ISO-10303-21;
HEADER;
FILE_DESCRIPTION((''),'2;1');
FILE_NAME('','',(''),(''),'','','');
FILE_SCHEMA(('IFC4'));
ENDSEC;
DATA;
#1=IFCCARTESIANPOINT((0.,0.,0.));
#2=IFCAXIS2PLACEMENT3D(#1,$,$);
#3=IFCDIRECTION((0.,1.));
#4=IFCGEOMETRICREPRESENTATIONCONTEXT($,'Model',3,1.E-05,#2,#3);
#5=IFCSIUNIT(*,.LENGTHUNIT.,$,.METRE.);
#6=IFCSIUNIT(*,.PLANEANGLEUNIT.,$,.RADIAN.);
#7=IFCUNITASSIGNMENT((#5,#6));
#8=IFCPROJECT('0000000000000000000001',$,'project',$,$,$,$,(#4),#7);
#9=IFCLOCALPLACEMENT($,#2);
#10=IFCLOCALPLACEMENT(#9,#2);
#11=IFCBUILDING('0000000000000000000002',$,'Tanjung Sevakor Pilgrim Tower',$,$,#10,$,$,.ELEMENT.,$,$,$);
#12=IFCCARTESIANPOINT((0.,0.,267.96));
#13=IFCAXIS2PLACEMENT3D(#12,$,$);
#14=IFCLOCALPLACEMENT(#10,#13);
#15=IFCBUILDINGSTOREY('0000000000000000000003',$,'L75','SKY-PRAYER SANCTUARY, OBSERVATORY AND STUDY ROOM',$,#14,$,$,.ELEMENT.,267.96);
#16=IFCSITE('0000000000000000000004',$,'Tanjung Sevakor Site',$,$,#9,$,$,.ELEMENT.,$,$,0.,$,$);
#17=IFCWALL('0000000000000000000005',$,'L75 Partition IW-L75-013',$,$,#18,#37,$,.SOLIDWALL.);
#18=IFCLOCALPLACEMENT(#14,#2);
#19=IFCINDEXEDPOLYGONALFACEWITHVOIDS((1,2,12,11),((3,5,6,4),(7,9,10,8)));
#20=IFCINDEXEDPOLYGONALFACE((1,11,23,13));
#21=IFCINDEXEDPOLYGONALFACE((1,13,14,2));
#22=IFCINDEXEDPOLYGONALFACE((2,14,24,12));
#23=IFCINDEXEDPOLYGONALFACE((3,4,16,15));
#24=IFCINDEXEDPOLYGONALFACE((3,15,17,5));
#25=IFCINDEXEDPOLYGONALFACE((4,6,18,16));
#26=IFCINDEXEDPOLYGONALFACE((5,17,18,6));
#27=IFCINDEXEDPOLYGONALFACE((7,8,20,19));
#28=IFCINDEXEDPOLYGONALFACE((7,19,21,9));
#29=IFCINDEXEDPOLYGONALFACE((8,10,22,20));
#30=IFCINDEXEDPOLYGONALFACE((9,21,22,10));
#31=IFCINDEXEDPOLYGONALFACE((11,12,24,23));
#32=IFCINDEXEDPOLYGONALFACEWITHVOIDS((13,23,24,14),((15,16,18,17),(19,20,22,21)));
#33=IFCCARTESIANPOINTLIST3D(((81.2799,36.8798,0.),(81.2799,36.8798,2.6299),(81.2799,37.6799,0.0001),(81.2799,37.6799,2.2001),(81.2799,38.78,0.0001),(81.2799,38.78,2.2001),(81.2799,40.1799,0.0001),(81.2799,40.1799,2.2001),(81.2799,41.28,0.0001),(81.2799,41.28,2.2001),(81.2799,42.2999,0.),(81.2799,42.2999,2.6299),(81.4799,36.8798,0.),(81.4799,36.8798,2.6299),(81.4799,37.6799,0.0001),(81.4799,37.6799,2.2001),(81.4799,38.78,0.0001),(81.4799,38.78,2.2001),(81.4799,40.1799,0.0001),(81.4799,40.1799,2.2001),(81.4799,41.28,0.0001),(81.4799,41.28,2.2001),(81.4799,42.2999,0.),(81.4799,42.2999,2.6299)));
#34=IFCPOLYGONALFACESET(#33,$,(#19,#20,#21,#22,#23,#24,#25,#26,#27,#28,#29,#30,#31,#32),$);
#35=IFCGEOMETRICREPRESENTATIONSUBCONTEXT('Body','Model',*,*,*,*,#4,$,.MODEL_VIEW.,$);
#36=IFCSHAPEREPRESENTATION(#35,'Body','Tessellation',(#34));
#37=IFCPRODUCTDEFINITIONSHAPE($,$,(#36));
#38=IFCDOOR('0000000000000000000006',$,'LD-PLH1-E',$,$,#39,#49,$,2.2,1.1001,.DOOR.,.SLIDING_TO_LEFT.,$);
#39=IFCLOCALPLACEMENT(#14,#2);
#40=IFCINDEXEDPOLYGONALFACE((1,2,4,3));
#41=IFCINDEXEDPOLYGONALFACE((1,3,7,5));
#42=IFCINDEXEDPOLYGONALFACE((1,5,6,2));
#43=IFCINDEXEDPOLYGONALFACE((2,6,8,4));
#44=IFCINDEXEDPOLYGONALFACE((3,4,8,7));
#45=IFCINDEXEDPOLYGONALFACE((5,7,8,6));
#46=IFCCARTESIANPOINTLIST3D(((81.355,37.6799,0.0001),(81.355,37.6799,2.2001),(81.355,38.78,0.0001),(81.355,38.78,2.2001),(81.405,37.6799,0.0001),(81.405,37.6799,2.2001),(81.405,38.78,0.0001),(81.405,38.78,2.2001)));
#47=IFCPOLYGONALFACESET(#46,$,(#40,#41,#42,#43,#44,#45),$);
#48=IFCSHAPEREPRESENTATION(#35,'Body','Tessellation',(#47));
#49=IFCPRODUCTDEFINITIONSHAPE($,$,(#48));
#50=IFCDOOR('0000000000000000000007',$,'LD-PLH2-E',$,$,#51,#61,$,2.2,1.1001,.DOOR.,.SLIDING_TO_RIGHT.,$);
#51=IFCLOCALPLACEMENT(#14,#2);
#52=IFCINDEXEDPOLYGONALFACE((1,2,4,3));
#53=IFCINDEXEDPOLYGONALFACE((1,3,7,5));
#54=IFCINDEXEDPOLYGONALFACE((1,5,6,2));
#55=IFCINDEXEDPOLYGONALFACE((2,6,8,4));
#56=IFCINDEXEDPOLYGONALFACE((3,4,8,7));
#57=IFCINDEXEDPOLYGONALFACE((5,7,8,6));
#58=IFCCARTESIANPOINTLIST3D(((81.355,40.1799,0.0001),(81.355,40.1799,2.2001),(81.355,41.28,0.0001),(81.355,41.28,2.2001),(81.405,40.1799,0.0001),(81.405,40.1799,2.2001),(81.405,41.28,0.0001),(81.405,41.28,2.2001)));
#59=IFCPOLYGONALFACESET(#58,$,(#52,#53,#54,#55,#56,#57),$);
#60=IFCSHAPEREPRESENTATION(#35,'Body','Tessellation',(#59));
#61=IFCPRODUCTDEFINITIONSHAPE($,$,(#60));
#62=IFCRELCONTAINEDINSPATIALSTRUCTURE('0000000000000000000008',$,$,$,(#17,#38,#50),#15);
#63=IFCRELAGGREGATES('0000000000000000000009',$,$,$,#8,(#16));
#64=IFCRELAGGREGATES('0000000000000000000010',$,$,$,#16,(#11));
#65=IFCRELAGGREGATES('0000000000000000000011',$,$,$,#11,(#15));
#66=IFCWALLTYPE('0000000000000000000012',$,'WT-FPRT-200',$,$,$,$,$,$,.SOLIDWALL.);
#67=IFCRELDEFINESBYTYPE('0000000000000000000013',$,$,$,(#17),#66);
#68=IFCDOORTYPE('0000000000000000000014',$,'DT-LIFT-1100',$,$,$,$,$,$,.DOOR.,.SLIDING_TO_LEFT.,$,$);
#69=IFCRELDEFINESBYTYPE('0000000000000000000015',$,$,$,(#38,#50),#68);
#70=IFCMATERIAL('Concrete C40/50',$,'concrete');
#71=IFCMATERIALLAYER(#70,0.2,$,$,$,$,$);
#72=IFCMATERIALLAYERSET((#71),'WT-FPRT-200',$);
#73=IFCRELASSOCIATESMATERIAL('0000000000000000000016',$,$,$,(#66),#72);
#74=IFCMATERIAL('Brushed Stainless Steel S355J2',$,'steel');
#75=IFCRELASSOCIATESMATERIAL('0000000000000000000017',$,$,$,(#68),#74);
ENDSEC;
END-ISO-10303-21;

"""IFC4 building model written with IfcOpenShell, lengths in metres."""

from ifc_helpers import new_model, si_unit, direction, frame, frame_2d, origin, place, context, subcontext, project, spatial, rectangle, extrude, material, layer, layer_set, type_object, element, fill, save


model = new_model("IFC4")

# Units and contexts
model_context = context("Model", 3, precision=1e-05, world=origin(), true_north=direction((0.0, 1.0)))
body_context = subcontext(model_context, "Body", "Model", "MODEL_VIEW")
ifc_project = project(units=[si_unit("LENGTHUNIT", "METRE"), si_unit("PLANEANGLEUNIT", "RADIAN")], contexts=[model_context])

# Site, building, storey
site_placement = place(None, origin())
site = spatial("IfcSite", under=ifc_project, at=site_placement, Name="Tanjung Sevakor Site", CompositionType="ELEMENT", RefElevation=0.0)
building_placement = place(site_placement, origin())
building = spatial("IfcBuilding", under=site, at=building_placement, Name="Tanjung Sevakor Pilgrim Tower", CompositionType="ELEMENT")
storey_placement = place(building_placement, frame((0.0, 0.0, 267.96)))
storey = spatial("IfcBuildingStorey", under=building, at=storey_placement, Name="L75", Description="SKY-PRAYER SANCTUARY, OBSERVATORY AND STUDY ROOM", CompositionType="ELEMENT", Elevation=267.96)

# Shared definitions
ifc_material_1 = material(Name="Concrete C40/50", Category="concrete")
ifc_layer_1 = layer(ifc_material_1, 0.2)
ifc_layer_set_1 = layer_set([ifc_layer_1], Name="WT-FPRT-200")
wall_type_1 = type_object("IfcWallType", Name="WT-FPRT-200", PredefinedType="SOLIDWALL", material=ifc_layer_set_1)

# Wall, openings, doors
wall_1_placement = place(storey_placement, frame((81.3799, 36.8799, 0.0), z_axis=(0.0, 0.0, 1.0), x_axis=(0.0, 1.0, 0.0)))
wall_1 = element("IfcWall", 1, at=wall_1_placement, inside=storey, type_object=wall_type_1, Name="L75 Partition IW-L75-013", PredefinedType="SOLIDWALL", context=body_context, shape_type="SweptSolid", body=[
    extrude(rectangle(XDim=5.4202, YDim=0.2, at=frame_2d((2.71, 0.0))), origin(), (0.0, 0.0, 1.0), 2.6299),
])
opening_1_placement = place(wall_1_placement, frame((0.8, 0.0, 0.0)))
opening_1 = element("IfcOpeningElement", 2, at=opening_1_placement, cuts=wall_1, PredefinedType="OPENING", context=body_context, shape_type="SweptSolid", body=[
    extrude(rectangle(XDim=1.1001, YDim=2.2, at=frame_2d((0.55, 1.1001))), frame((0.0, 0.1099, 0.0), z_axis=(0.0, -1.0, 0.0), x_axis=(1.0, 0.0, 0.0)), (0.0, 0.0, 1.0), 0.22),
])
opening_2_placement = place(wall_1_placement, frame((3.3, 0.0, 0.0)))
opening_2 = element("IfcOpeningElement", 3, at=opening_2_placement, cuts=wall_1, PredefinedType="OPENING", context=body_context, shape_type="SweptSolid", body=[
    extrude(rectangle(XDim=1.1001, YDim=2.2, at=frame_2d((0.55, 1.1001))), frame((0.0, 0.1099, 0.0), z_axis=(0.0, -1.0, 0.0), x_axis=(1.0, 0.0, 0.0)), (0.0, 0.0, 1.0), 0.22),
])
ifc_material_2 = material(Name="Brushed Stainless Steel S355J2", Category="steel")
door_type_1 = type_object("IfcDoorType", Name="DT-LIFT-1100", OperationType="SLIDING_TO_LEFT", PredefinedType="DOOR", material=ifc_material_2)
door_1_placement = place(opening_1_placement, origin())
door_1 = element("IfcDoor", 4, at=door_1_placement, inside=storey, type_object=door_type_1, Name="LD-PLH1-E", OperationType="SLIDING_TO_LEFT", OverallHeight=2.2, OverallWidth=1.1001, PredefinedType="DOOR", context=body_context, shape_type="SweptSolid", body=[
    extrude(rectangle(XDim=1.1001, YDim=2.2, at=frame_2d((0.55, 1.1001))), frame((0.0, 0.0249, 0.0), z_axis=(0.0, -1.0, 0.0), x_axis=(1.0, 0.0, 0.0)), (0.0, 0.0, 1.0), 0.05),
])
fill(opening_1, door_1)
door_2_placement = place(opening_2_placement, origin())
door_2 = element("IfcDoor", 5, at=door_2_placement, inside=storey, type_object=door_type_1, Name="LD-PLH2-E", OperationType="SLIDING_TO_RIGHT", OverallHeight=2.2, OverallWidth=1.1001, PredefinedType="DOOR", context=body_context, shape_type="SweptSolid", body=[
    extrude(rectangle(XDim=1.1001, YDim=2.2, at=frame_2d((0.55, 1.1001))), frame((0.0, 0.0249, 0.0), z_axis=(0.0, -1.0, 0.0), x_axis=(1.0, 0.0, 0.0)), (0.0, 0.0, 1.0), 0.05),
])
fill(opening_2, door_2)

save(model, "model.ifc")
